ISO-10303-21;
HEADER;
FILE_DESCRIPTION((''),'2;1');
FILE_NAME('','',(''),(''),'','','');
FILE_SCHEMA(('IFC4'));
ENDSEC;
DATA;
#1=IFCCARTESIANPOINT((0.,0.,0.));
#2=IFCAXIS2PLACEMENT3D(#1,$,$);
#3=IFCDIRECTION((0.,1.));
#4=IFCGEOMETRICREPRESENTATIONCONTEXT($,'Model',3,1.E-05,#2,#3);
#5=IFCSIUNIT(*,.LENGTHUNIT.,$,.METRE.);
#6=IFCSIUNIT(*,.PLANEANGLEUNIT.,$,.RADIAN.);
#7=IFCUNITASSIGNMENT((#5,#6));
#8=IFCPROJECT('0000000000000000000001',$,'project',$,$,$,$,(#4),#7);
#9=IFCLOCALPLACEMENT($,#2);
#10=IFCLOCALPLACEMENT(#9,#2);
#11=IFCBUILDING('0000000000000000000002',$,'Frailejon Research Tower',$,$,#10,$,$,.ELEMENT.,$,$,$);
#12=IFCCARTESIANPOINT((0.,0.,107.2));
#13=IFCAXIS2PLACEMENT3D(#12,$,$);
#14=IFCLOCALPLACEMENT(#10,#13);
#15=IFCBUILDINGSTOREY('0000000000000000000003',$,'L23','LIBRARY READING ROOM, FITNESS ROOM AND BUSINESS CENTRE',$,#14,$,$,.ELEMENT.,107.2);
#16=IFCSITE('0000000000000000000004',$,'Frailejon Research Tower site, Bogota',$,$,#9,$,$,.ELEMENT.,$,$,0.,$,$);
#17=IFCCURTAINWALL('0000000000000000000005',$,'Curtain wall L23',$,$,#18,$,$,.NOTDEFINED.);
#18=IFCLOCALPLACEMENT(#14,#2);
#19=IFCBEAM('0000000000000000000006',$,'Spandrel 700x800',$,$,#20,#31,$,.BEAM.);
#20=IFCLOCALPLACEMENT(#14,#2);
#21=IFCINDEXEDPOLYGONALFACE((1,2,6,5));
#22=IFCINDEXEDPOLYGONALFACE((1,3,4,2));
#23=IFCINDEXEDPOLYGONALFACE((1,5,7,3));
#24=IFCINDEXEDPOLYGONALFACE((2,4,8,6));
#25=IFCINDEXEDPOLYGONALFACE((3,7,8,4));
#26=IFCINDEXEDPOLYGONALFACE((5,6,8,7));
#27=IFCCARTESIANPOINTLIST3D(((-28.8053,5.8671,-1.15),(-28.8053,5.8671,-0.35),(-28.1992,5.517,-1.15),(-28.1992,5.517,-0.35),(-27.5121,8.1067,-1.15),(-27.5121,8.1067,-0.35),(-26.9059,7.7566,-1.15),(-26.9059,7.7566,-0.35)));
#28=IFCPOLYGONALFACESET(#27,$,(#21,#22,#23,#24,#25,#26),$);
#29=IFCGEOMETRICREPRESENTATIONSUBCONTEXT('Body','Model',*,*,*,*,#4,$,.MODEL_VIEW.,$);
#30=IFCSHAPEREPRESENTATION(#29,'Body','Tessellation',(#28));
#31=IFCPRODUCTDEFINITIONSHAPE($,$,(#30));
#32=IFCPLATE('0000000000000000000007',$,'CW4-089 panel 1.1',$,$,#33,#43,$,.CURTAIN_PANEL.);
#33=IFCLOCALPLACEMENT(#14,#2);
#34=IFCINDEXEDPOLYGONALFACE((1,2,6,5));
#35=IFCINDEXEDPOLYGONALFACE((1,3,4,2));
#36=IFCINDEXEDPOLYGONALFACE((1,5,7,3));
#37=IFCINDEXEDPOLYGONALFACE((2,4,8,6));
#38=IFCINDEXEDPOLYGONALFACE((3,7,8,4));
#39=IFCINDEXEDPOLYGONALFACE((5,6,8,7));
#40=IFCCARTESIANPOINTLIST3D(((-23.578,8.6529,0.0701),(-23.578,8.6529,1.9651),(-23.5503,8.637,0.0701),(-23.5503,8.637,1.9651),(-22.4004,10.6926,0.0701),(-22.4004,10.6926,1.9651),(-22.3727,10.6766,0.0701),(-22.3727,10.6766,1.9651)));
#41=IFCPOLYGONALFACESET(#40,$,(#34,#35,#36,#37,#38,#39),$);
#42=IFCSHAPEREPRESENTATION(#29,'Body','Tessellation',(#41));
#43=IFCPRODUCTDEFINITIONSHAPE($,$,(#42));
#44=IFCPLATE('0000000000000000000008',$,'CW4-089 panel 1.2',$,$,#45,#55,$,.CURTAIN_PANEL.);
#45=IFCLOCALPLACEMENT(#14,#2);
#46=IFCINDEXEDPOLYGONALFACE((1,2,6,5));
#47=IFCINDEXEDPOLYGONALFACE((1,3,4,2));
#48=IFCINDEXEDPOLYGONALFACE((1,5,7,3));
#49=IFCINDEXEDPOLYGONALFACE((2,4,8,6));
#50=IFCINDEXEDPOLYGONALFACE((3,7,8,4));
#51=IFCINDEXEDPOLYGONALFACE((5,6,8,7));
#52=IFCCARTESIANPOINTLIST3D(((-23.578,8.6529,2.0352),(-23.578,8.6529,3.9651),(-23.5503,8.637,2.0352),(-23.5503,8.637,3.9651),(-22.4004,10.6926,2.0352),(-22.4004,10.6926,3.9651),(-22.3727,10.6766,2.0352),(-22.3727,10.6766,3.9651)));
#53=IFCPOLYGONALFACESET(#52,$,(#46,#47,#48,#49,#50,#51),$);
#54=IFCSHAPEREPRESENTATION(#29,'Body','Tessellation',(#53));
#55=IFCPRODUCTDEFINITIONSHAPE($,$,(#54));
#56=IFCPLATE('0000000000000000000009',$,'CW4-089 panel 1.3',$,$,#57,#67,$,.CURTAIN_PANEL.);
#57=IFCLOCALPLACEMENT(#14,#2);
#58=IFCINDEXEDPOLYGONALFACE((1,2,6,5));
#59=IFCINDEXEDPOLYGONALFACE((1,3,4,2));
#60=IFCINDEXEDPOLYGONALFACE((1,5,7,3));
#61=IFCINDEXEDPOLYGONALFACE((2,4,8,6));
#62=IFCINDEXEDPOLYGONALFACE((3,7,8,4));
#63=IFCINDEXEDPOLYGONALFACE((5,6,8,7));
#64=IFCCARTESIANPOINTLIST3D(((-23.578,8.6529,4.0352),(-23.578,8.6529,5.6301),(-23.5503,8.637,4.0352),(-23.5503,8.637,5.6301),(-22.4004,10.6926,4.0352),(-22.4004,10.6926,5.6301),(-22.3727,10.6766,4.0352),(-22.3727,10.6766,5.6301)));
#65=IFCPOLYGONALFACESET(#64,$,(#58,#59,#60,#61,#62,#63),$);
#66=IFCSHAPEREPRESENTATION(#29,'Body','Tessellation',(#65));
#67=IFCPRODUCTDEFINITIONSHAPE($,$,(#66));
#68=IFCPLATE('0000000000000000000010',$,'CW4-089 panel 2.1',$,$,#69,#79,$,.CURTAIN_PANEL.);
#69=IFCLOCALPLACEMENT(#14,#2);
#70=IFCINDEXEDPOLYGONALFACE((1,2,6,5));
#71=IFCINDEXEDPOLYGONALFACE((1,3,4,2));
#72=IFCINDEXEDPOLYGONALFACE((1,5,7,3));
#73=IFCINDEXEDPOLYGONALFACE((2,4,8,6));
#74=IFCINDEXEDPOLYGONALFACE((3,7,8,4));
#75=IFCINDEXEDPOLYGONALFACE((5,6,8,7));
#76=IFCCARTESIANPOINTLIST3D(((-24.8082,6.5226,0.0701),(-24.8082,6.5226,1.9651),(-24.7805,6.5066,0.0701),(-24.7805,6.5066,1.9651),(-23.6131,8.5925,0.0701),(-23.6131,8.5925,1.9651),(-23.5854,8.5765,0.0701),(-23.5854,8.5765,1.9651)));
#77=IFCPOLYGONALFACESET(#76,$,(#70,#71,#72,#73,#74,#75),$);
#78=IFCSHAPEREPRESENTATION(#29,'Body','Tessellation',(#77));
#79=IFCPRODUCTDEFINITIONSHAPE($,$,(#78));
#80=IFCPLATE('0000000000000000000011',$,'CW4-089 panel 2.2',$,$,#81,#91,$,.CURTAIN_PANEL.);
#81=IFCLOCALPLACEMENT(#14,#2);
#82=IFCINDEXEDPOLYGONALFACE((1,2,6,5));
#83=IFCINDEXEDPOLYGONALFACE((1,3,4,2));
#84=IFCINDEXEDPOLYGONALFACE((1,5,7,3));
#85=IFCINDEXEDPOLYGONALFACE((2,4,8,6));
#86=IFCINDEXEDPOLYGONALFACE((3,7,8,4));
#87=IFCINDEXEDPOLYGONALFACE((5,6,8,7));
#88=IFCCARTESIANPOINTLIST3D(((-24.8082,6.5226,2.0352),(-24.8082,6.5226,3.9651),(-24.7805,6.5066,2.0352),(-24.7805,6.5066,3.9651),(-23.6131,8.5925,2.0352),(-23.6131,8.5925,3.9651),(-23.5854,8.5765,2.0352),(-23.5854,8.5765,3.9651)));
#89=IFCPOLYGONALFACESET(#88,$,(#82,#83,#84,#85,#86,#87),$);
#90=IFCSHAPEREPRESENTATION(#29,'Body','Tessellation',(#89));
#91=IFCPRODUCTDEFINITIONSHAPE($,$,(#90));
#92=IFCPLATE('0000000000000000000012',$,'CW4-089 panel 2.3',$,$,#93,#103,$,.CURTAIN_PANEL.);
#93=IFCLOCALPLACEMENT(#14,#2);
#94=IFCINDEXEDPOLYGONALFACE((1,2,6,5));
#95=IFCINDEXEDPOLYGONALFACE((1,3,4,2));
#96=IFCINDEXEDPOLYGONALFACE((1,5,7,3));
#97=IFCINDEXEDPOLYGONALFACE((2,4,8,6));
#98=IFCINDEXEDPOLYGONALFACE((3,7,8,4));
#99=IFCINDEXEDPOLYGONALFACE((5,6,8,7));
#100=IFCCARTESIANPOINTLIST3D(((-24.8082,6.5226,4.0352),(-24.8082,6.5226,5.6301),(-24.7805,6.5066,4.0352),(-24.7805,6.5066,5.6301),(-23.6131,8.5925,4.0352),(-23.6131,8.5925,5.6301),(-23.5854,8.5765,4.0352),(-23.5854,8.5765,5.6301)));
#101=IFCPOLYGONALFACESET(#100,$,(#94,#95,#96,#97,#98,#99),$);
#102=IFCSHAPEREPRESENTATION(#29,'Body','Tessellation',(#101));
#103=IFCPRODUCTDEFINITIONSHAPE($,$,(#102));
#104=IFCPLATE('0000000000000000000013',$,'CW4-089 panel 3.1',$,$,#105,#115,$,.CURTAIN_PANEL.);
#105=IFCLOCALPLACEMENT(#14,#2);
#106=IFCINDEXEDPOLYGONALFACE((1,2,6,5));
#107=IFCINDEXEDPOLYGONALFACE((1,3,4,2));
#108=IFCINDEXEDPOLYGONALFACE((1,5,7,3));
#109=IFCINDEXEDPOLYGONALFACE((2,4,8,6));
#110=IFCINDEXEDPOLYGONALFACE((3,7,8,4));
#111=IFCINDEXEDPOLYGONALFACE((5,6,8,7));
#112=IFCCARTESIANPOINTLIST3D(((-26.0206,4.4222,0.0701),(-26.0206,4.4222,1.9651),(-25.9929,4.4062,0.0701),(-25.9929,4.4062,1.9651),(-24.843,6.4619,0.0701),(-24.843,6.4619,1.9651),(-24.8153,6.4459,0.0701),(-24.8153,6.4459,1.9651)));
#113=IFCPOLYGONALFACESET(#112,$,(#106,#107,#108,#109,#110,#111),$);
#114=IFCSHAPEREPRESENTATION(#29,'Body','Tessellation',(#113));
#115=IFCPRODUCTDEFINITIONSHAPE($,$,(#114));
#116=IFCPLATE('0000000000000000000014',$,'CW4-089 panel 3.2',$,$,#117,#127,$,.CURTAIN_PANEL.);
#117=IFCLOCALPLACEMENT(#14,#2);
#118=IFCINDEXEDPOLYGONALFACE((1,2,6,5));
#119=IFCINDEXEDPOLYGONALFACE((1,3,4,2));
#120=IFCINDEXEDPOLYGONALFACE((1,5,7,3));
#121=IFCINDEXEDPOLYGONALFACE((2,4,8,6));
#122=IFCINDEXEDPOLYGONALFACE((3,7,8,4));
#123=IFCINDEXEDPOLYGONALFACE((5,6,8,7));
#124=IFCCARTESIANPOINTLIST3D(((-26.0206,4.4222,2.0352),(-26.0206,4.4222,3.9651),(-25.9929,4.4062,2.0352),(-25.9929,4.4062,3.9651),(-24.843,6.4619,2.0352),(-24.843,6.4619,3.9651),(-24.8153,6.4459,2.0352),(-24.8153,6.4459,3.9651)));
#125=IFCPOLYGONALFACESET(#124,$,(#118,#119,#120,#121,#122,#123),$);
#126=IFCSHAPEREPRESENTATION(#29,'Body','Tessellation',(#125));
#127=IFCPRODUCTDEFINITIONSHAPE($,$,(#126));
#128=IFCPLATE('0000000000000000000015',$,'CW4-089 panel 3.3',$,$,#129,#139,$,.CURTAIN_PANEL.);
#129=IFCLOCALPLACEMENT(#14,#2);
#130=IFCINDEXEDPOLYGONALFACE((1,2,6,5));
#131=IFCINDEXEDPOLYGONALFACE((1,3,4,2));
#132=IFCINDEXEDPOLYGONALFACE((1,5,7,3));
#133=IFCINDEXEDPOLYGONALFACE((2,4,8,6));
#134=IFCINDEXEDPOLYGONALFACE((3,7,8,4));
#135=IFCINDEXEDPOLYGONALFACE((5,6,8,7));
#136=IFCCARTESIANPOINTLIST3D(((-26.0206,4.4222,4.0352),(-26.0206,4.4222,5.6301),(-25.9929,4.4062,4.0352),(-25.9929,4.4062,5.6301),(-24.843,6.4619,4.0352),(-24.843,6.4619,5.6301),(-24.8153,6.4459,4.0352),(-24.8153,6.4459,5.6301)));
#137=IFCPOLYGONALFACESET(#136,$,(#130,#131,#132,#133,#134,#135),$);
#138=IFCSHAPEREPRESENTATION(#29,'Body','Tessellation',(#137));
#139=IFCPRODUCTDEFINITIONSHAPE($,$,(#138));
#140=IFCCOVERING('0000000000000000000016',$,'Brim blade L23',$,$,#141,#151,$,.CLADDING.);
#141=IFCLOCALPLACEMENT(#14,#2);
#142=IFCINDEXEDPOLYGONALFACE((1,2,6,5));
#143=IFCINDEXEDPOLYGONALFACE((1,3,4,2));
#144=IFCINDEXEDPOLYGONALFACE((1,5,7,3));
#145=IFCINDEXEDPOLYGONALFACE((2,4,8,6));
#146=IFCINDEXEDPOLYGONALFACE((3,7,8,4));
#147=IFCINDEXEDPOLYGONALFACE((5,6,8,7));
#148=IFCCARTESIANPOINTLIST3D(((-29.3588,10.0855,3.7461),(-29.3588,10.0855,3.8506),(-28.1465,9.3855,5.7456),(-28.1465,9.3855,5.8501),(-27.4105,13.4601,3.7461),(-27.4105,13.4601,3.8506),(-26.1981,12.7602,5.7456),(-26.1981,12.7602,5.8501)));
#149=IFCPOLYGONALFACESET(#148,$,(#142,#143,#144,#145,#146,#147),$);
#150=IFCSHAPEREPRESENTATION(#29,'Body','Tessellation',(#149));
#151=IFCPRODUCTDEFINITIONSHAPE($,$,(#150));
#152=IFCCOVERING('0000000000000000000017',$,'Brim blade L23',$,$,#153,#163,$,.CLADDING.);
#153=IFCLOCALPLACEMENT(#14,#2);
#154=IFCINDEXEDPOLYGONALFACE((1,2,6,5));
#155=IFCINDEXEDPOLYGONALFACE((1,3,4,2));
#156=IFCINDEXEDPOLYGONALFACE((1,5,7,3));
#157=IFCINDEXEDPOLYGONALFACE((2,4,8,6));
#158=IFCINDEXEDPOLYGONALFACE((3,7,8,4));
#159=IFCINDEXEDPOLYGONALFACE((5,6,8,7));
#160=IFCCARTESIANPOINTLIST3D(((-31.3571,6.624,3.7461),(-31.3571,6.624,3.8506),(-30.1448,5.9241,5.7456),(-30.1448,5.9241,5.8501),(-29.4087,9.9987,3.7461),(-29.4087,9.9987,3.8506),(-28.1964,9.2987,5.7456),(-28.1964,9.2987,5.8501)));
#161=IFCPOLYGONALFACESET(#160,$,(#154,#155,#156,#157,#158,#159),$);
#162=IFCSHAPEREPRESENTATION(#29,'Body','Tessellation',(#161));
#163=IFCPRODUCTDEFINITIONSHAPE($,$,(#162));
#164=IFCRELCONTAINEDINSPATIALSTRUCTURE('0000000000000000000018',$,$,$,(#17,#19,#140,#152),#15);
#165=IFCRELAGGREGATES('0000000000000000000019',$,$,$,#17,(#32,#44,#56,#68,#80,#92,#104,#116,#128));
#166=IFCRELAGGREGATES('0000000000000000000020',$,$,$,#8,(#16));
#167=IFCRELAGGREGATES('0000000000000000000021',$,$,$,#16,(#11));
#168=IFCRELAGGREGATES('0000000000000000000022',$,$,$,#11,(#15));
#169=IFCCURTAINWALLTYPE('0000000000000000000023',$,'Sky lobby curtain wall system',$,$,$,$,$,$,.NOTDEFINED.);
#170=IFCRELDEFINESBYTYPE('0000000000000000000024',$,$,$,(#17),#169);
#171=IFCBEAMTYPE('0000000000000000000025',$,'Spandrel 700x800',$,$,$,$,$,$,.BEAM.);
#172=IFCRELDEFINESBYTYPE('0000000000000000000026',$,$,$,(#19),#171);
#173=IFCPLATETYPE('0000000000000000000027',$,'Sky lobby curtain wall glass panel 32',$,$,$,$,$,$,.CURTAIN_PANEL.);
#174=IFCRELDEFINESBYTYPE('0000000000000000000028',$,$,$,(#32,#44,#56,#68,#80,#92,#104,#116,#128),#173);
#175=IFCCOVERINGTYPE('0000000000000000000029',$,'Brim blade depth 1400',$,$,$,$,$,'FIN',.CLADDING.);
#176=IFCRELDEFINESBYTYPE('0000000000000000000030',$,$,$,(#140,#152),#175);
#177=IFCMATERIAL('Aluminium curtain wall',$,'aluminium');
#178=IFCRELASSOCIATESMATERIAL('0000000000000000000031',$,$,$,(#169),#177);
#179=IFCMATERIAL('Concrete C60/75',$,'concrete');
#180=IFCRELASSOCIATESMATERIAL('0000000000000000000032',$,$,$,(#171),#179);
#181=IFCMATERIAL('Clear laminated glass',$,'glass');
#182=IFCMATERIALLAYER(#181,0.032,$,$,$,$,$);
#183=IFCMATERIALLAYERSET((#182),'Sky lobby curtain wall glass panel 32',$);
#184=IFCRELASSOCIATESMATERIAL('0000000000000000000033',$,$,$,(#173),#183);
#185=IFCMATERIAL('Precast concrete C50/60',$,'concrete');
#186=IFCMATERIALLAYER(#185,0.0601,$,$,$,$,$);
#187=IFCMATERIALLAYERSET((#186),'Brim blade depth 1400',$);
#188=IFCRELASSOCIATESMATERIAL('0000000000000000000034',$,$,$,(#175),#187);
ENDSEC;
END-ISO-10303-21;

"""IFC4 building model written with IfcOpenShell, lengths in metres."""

from ifc_helpers import new_model, si_unit, direction, frame, origin, origin_2d, place, context, subcontext, project, spatial, polyline, rectangle, outline, extrude, material, layer, layer_set, material_profile, profile_set, type_object, element, aggregate, save


model = new_model("IFC4")

# Units and contexts
model_context = context("Model", 3, precision=1e-05, world=origin(), true_north=direction((0.0, 1.0)))
body_context = subcontext(model_context, "Body", "Model", "MODEL_VIEW")
ifc_project = project(units=[si_unit("LENGTHUNIT", "METRE"), si_unit("PLANEANGLEUNIT", "RADIAN")], contexts=[model_context])

# Site, building, storey
site_placement = place(None, origin())
site = spatial("IfcSite", under=ifc_project, at=site_placement, Name="Frailejon Research Tower site, Bogota", CompositionType="ELEMENT", RefElevation=0.0)
building_placement = place(site_placement, origin())
building = spatial("IfcBuilding", under=site, at=building_placement, Name="Frailejon Research Tower", CompositionType="ELEMENT")
storey_placement = place(building_placement, frame((0.0, 0.0, 107.2)))
storey = spatial("IfcBuildingStorey", under=building, at=storey_placement, Name="L23", Description="LIBRARY READING ROOM, FITNESS ROOM AND BUSINESS CENTRE", CompositionType="ELEMENT", Elevation=107.2)

# Curtain wall
ifc_material_1 = material(Name="Aluminium curtain wall", Category="aluminium")
curtain_wall_type = type_object("IfcCurtainWallType", Name="Sky lobby curtain wall system", PredefinedType="NOTDEFINED", material=ifc_material_1)
curtain_wall_placement = place(storey_placement, origin())
curtain_wall = element("IfcCurtainWall", 1, at=curtain_wall_placement, inside=storey, type_object=curtain_wall_type, Name="Curtain wall L23", PredefinedType="NOTDEFINED")

# Beam
ifc_material_2 = material(Name="Concrete C60/75", Category="concrete")
ifc_material_profile_1 = material_profile(ifc_material_2, rectangle(XDim=0.7, YDim=0.8, at=origin_2d()), Name="Spandrel 700x800")
ifc_profile_set_1 = profile_set([ifc_material_profile_1], Name="Concrete C60/75")
beam_type_1 = type_object("IfcBeamType", Name="Spandrel 700x800", PredefinedType="BEAM", material=ifc_profile_set_1)
beam_1_placement = place(storey_placement, frame((-27.209, 7.9316, -0.75), z_axis=(-0.500068, -0.865986, 0.0), x_axis=(0.865986, -0.500068, 0.0)))
element("IfcBeam", 2, at=beam_1_placement, inside=storey, type_object=beam_type_1, Name="Spandrel 700x800", PredefinedType="BEAM", context=body_context, shape_type="SweptSolid", body=[
    extrude(rectangle(XDim=0.7, YDim=0.8, at=origin_2d()), origin(), (0.0, 0.0, 1.0), 2.5862),
])

# Plates
ifc_material_3 = material(Name="Clear laminated glass", Category="glass")
ifc_layer_1 = layer(ifc_material_3, 0.032)
ifc_layer_set_1 = layer_set([ifc_layer_1], Name="Sky lobby curtain wall glass panel 32")
plate_type = type_object("IfcPlateType", Name="Sky lobby curtain wall glass panel 32", PredefinedType="CURTAIN_PANEL", material=ifc_layer_set_1)
plate_1_placement = place(storey_placement, frame((-22.9753, 9.6648, 0.0701), z_axis=(0.0, 0.0, 1.0), x_axis=(-0.499995, -0.866028, 0.0)))
plate_1 = element("IfcPlate", 3, at=plate_1_placement, type_object=plate_type, Name="CW4-089 panel 1.1", PredefinedType="CURTAIN_PANEL", context=body_context, shape_type="SweptSolid", body=[
    extrude(rectangle(XDim=2.3552, YDim=0.032, at=origin_2d()), origin(), (0.0, 0.0, 1.0), 1.895),
])
plate_2_placement = place(storey_placement, frame((-22.9753, 9.6648, 2.0352), z_axis=(0.0, 0.0, 1.0), x_axis=(-0.499995, -0.866028, 0.0)))
plate_2 = element("IfcPlate", 4, at=plate_2_placement, type_object=plate_type, Name="CW4-089 panel 1.2", PredefinedType="CURTAIN_PANEL", context=body_context, shape_type="SweptSolid", body=[
    extrude(rectangle(XDim=2.3552, YDim=0.032, at=origin_2d()), origin(), (0.0, 0.0, 1.0), 1.9299),
])
plate_3_placement = place(storey_placement, frame((-22.9753, 9.6648, 4.0352), z_axis=(0.0, 0.0, 1.0), x_axis=(-0.499995, -0.866028, 0.0)))
plate_3 = element("IfcPlate", 5, at=plate_3_placement, type_object=plate_type, Name="CW4-089 panel 1.3", PredefinedType="CURTAIN_PANEL", context=body_context, shape_type="SweptSolid", body=[
    extrude(rectangle(XDim=2.3552, YDim=0.032, at=origin_2d()), origin(), (0.0, 0.0, 1.0), 1.595),
])
plate_4_placement = place(storey_placement, frame((-24.1968, 7.5496, 0.0701), z_axis=(0.0, 0.0, 1.0), x_axis=(-0.499995, -0.866028, 0.0)))
plate_4 = element("IfcPlate", 6, at=plate_4_placement, type_object=plate_type, Name="CW4-089 panel 2.1", PredefinedType="CURTAIN_PANEL", context=body_context, shape_type="SweptSolid", body=[
    extrude(rectangle(XDim=2.3901, YDim=0.032, at=origin_2d()), origin(), (0.0, 0.0, 1.0), 1.895),
])
plate_5_placement = place(storey_placement, frame((-24.1968, 7.5496, 2.0352), z_axis=(0.0, 0.0, 1.0), x_axis=(-0.499995, -0.866028, 0.0)))
plate_5 = element("IfcPlate", 7, at=plate_5_placement, type_object=plate_type, Name="CW4-089 panel 2.2", PredefinedType="CURTAIN_PANEL", context=body_context, shape_type="SweptSolid", body=[
    extrude(rectangle(XDim=2.3901, YDim=0.032, at=origin_2d()), origin(), (0.0, 0.0, 1.0), 1.9299),
])
plate_6_placement = place(storey_placement, frame((-24.1968, 7.5496, 4.0352), z_axis=(0.0, 0.0, 1.0), x_axis=(-0.499995, -0.866028, 0.0)))
plate_6 = element("IfcPlate", 8, at=plate_6_placement, type_object=plate_type, Name="CW4-089 panel 2.3", PredefinedType="CURTAIN_PANEL", context=body_context, shape_type="SweptSolid", body=[
    extrude(rectangle(XDim=2.3901, YDim=0.032, at=origin_2d()), origin(), (0.0, 0.0, 1.0), 1.595),
])
plate_7_placement = place(storey_placement, frame((-25.418, 5.4341, 0.0701), z_axis=(0.0, 0.0, 1.0), x_axis=(-0.499995, -0.866028, 0.0)))
plate_7 = element("IfcPlate", 9, at=plate_7_placement, type_object=plate_type, Name="CW4-089 panel 3.1", PredefinedType="CURTAIN_PANEL", context=body_context, shape_type="SweptSolid", body=[
    extrude(rectangle(XDim=2.3552, YDim=0.032, at=origin_2d()), origin(), (0.0, 0.0, 1.0), 1.895),
])
plate_8_placement = place(storey_placement, frame((-25.418, 5.4341, 2.0352), z_axis=(0.0, 0.0, 1.0), x_axis=(-0.499995, -0.866028, 0.0)))
plate_8 = element("IfcPlate", 10, at=plate_8_placement, type_object=plate_type, Name="CW4-089 panel 3.2", PredefinedType="CURTAIN_PANEL", context=body_context, shape_type="SweptSolid", body=[
    extrude(rectangle(XDim=2.3552, YDim=0.032, at=origin_2d()), origin(), (0.0, 0.0, 1.0), 1.9299),
])
plate_9_placement = place(storey_placement, frame((-25.418, 5.4341, 4.0352), z_axis=(0.0, 0.0, 1.0), x_axis=(-0.499995, -0.866028, 0.0)))
plate_9 = element("IfcPlate", 11, at=plate_9_placement, type_object=plate_type, Name="CW4-089 panel 3.3", PredefinedType="CURTAIN_PANEL", context=body_context, shape_type="SweptSolid", body=[
    extrude(rectangle(XDim=2.3552, YDim=0.032, at=origin_2d()), origin(), (0.0, 0.0, 1.0), 1.595),
])
aggregate(curtain_wall, [plate_1, plate_2, plate_3, plate_4, plate_5, plate_6, plate_7, plate_8, plate_9])

# Coverings
ifc_material_4 = material(Name="Precast concrete C50/60", Category="concrete")
ifc_layer_2 = layer(ifc_material_4, 0.0601)
ifc_layer_set_2 = layer_set([ifc_layer_2], Name="Brim blade depth 1400")
covering_type = type_object("IfcCoveringType", Name="Brim blade depth 1400", ElementType="FIN", PredefinedType="CLADDING", material=ifc_layer_set_2)
for number, where, z_axis, x_axis, name in (
    (12, (-28.1465, 9.3855, 5.8501), (0.500003, 0.866024, 0.0), (-0.866024, 0.500003, 0.0), "Brim blade L23"),
    (13, (-30.1448, 5.9241, 5.8501), (0.500003, 0.866024, 0.0), (-0.866024, 0.500003, 0.0), "Brim blade L23"),
):
    element("IfcCovering", number, at=place(storey_placement, frame(where, z_axis=z_axis, x_axis=x_axis)), inside=storey, type_object=covering_type, Name=name, PredefinedType="CLADDING", context=body_context, shape_type="SweptSolid", body=[
        extrude(outline(polyline([(0.0, -0.1045), (1.3999, -2.104), (1.3999, -1.9995), (0.0, 0.0), (0.0, -0.1045)])), origin(), (0.0, 0.0, 1.0), 3.8967),
    ])

save(model, "model.ifc")
